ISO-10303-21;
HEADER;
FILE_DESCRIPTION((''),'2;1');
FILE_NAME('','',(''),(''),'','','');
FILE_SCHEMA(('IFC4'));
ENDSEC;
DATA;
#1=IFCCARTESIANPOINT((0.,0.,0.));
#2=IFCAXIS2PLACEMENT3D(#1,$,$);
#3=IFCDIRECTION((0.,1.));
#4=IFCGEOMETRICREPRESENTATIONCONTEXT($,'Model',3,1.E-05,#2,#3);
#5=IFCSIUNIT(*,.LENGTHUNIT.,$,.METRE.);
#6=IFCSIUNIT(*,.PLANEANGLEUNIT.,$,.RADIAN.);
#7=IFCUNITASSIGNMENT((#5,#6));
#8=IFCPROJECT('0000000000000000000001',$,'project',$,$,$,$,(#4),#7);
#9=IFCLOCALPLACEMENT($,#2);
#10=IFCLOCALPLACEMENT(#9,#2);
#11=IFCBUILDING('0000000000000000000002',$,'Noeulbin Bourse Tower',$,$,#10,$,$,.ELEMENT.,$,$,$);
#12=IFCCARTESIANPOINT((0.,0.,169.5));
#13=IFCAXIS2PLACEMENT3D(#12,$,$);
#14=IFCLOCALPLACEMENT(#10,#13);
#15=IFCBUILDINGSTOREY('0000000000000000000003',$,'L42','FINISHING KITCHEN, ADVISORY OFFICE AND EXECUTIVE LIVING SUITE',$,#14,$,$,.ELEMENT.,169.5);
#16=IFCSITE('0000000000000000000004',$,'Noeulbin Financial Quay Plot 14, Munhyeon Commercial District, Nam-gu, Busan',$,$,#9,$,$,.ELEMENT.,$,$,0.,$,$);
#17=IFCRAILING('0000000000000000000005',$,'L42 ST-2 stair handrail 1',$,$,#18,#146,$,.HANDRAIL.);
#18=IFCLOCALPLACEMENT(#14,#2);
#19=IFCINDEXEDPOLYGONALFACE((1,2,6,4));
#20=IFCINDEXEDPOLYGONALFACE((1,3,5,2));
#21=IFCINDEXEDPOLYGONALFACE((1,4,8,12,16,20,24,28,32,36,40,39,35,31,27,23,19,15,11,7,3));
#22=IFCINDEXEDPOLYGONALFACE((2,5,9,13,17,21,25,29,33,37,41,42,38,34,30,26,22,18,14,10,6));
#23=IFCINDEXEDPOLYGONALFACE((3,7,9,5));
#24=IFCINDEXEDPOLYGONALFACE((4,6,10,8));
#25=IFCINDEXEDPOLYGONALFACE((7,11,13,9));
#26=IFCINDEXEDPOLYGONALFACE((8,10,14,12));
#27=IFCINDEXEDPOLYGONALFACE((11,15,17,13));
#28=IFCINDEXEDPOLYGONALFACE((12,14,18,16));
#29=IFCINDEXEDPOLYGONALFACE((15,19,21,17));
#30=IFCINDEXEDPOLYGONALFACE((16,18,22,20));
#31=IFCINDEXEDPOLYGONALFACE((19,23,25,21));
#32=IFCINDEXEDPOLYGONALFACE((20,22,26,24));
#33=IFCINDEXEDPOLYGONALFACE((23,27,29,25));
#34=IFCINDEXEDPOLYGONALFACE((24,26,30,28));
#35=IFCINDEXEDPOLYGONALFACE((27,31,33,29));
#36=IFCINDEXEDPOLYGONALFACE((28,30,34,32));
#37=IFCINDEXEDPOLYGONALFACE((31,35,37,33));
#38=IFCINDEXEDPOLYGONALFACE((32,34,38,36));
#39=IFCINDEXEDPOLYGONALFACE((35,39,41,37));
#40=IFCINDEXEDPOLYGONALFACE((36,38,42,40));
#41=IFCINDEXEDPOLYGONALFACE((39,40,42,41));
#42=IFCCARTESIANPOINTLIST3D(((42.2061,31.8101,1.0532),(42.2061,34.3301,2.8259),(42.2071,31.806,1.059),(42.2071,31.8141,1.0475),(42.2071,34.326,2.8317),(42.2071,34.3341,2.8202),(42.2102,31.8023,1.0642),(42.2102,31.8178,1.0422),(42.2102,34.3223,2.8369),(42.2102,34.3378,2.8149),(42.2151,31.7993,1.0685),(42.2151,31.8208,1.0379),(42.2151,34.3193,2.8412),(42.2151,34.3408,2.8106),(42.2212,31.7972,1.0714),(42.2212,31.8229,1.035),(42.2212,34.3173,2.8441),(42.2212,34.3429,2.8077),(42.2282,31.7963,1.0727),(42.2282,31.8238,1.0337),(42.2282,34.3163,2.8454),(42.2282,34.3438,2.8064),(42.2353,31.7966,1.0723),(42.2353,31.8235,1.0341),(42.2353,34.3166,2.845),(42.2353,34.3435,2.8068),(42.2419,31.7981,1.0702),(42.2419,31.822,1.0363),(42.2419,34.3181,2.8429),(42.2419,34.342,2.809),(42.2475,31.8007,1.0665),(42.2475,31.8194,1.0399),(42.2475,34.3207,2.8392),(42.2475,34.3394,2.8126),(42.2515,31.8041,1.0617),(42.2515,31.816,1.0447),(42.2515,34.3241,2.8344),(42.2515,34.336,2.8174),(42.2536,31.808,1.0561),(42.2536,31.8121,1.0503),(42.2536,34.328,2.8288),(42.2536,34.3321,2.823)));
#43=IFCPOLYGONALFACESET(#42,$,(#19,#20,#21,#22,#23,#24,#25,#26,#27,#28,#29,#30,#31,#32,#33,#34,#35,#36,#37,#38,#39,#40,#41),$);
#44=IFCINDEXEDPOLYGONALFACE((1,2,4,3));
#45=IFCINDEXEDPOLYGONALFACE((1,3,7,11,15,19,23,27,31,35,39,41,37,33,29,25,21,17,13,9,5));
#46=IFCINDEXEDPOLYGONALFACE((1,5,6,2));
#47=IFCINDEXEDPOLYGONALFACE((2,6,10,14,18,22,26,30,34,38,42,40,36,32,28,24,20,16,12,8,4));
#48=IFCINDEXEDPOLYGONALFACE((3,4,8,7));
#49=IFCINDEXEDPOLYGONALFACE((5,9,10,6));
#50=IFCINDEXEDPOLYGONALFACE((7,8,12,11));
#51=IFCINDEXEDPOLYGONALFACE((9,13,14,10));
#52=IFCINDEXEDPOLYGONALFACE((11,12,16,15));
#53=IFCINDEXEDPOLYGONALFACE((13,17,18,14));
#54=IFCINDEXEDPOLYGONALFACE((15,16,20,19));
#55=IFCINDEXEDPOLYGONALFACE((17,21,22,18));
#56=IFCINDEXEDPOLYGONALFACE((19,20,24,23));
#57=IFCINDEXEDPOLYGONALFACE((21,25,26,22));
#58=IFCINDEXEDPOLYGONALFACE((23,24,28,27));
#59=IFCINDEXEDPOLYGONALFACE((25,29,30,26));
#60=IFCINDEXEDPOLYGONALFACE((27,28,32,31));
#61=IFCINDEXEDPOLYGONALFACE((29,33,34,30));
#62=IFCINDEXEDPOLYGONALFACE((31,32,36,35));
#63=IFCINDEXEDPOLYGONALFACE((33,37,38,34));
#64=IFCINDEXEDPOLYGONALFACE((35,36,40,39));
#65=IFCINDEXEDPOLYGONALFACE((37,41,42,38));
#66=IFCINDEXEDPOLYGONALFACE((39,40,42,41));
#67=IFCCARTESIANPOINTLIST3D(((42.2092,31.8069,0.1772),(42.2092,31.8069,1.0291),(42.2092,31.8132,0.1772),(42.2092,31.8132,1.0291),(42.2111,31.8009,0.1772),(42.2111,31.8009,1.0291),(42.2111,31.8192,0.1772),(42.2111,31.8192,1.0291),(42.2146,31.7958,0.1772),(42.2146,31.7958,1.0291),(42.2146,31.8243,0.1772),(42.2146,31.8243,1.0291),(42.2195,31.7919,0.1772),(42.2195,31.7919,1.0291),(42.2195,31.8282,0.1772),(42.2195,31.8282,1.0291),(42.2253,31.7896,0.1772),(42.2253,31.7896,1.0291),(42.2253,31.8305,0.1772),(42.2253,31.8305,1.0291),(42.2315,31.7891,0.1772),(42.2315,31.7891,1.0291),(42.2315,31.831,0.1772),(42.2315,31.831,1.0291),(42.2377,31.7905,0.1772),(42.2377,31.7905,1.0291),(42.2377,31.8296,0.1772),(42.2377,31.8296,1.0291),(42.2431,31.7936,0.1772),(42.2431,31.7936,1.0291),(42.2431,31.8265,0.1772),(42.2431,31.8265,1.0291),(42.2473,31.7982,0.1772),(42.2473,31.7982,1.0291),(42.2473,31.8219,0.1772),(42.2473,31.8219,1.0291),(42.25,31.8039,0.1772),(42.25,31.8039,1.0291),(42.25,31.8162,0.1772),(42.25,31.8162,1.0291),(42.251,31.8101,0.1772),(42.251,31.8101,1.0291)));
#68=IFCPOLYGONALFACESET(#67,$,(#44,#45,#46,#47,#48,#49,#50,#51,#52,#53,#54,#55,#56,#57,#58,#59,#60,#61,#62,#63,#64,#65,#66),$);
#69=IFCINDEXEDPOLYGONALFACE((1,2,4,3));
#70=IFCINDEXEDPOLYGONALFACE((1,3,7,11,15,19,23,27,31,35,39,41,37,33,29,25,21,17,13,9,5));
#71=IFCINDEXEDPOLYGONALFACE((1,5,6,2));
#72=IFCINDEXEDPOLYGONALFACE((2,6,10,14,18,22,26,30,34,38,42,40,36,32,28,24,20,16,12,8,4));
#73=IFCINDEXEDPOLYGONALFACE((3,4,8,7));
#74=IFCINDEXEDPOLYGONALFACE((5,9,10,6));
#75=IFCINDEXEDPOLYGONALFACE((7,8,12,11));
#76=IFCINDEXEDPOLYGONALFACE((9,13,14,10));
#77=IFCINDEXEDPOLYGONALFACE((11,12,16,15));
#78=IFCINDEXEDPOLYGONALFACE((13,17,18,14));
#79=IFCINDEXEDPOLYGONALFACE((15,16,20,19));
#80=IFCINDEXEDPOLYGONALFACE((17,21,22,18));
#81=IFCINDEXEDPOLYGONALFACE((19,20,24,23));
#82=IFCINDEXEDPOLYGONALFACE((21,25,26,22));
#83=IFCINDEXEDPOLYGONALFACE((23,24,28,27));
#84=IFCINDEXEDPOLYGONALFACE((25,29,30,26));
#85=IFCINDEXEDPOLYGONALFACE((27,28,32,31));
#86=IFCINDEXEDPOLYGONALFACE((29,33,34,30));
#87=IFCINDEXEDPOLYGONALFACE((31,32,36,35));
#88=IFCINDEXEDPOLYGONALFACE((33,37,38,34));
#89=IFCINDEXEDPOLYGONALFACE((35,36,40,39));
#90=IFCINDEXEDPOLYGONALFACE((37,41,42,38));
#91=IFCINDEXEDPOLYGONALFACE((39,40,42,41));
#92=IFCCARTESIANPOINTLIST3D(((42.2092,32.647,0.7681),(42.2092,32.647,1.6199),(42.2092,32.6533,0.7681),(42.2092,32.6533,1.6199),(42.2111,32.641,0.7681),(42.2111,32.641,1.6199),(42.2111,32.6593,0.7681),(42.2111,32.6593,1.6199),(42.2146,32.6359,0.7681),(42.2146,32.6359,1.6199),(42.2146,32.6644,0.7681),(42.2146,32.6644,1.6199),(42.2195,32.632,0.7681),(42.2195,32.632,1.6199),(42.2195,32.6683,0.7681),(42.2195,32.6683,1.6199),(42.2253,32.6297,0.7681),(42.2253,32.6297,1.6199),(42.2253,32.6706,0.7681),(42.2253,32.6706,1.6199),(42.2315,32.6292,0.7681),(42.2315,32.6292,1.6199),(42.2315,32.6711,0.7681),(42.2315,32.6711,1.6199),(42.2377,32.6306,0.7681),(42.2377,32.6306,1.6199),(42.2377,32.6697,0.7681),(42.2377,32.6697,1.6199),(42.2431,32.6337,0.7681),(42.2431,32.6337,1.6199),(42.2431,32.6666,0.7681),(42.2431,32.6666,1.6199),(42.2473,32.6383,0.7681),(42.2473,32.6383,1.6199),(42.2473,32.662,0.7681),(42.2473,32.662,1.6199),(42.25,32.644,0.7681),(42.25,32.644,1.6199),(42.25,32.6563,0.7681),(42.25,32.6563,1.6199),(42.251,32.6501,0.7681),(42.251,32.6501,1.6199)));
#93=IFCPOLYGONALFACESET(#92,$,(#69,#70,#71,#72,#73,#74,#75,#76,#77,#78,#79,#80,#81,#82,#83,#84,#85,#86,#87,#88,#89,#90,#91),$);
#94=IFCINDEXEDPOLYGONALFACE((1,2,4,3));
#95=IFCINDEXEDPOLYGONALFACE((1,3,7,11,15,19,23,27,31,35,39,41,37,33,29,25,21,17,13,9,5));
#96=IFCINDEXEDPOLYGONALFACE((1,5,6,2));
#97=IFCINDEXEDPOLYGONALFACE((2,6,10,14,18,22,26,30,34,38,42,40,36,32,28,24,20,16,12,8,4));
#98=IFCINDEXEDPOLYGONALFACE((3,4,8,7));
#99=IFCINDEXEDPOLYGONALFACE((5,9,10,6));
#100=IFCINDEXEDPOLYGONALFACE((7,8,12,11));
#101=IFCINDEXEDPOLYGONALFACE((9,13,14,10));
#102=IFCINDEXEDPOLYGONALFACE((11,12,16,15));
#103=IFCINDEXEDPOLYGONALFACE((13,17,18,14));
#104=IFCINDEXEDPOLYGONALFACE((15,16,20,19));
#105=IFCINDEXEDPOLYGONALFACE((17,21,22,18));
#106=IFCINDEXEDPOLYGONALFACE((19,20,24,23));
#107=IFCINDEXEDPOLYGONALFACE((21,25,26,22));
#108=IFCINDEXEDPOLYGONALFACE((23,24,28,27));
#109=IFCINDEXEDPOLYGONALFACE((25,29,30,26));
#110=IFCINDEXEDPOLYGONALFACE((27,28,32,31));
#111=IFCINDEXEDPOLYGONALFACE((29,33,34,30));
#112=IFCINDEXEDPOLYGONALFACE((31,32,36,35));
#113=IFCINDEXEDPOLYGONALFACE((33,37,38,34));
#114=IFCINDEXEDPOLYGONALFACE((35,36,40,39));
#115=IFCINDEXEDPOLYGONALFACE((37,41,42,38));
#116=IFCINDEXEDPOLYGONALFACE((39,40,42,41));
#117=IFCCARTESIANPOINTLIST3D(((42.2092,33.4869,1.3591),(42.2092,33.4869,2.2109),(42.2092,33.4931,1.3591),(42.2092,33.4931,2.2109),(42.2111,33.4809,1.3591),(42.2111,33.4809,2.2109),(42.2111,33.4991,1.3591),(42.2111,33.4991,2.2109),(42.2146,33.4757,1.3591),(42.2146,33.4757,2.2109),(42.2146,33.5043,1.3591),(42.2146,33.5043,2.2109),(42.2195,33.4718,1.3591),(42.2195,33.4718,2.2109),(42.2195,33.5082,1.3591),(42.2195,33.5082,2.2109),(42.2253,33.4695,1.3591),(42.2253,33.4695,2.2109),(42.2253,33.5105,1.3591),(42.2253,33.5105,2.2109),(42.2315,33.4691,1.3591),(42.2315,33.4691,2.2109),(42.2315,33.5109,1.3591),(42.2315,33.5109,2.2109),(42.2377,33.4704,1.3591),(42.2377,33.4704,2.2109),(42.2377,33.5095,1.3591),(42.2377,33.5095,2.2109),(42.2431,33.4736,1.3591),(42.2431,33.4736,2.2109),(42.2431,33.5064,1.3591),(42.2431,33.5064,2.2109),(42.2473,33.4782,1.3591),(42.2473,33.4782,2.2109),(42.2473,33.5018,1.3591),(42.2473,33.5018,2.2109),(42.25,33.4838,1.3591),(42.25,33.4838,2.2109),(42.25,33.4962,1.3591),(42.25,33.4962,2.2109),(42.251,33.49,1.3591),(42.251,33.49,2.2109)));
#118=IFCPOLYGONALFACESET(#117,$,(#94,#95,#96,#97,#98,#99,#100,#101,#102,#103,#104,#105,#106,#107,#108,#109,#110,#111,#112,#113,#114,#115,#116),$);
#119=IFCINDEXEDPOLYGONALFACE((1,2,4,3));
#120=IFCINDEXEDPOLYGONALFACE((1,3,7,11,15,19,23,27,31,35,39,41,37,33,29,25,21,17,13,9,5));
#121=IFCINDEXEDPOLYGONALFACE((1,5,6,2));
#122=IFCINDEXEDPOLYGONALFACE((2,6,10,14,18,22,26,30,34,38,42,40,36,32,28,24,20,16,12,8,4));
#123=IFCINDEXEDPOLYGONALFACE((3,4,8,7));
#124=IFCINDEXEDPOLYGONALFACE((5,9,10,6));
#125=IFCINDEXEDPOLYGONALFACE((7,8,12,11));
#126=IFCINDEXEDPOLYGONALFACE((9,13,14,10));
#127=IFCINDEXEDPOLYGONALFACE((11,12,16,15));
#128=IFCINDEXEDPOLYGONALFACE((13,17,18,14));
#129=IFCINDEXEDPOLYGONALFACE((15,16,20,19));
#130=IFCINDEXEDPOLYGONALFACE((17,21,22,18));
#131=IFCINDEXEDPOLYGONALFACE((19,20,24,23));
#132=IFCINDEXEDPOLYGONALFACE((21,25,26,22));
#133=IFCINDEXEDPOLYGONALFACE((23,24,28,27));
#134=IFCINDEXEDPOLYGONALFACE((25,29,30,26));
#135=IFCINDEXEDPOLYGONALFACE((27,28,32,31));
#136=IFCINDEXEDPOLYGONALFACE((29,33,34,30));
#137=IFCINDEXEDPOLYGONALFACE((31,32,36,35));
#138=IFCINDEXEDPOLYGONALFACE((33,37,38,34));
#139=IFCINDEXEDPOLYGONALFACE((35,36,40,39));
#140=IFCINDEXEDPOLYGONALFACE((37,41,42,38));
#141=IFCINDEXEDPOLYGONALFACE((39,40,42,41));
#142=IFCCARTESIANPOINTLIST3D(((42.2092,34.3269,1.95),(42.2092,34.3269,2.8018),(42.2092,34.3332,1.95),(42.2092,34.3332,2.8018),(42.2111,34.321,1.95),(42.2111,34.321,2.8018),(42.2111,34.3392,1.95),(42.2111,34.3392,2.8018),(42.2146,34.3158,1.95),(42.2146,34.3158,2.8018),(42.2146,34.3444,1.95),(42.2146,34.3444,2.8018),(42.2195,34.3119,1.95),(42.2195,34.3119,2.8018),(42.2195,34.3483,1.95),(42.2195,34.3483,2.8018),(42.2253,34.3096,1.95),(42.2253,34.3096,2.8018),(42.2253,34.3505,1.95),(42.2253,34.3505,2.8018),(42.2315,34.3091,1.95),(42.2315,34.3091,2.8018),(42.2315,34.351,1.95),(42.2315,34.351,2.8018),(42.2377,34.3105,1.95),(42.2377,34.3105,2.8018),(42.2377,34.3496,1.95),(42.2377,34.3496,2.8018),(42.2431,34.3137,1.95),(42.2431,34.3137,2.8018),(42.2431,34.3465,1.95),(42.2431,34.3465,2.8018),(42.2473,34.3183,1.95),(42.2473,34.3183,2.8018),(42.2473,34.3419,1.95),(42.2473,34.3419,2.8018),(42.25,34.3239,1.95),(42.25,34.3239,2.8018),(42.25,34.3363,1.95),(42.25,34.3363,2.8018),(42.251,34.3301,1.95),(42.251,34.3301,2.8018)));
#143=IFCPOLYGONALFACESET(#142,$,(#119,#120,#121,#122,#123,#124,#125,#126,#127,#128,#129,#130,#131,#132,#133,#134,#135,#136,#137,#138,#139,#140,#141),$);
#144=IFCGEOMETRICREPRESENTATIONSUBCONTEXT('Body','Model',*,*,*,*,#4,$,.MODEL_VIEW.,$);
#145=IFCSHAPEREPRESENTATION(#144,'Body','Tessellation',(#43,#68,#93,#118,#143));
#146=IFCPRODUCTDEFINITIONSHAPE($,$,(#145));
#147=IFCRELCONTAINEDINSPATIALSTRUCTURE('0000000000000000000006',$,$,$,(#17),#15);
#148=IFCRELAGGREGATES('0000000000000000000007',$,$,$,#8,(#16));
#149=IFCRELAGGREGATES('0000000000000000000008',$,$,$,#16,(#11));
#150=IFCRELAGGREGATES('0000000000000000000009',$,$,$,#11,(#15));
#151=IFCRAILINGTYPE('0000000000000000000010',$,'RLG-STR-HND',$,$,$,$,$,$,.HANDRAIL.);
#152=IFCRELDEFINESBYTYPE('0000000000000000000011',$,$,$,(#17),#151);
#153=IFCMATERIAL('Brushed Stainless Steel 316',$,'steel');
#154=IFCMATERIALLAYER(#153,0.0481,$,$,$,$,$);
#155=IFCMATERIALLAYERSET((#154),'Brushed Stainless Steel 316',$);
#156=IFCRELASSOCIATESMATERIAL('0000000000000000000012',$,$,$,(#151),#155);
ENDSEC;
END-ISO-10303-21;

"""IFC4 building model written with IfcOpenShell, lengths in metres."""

from ifc_helpers import new_model, si_unit, direction, frame, origin, origin_2d, place, context, subcontext, project, spatial, circle, extrude, material, layer, layer_set, type_object, element, save


model = new_model("IFC4")

# Units and contexts
model_context = context("Model", 3, precision=1e-05, world=origin(), true_north=direction((0.0, 1.0)))
body_context = subcontext(model_context, "Body", "Model", "MODEL_VIEW")
ifc_project = project(units=[si_unit("LENGTHUNIT", "METRE"), si_unit("PLANEANGLEUNIT", "RADIAN")], contexts=[model_context])

# Site, building, storey
site_placement = place(None, origin())
site = spatial("IfcSite", under=ifc_project, at=site_placement, Name="Noeulbin Financial Quay Plot 14, Munhyeon Commercial District, Nam-gu, Busan", CompositionType="ELEMENT", RefElevation=0.0)
building_placement = place(site_placement, origin())
building = spatial("IfcBuilding", under=site, at=building_placement, Name="Noeulbin Bourse Tower", CompositionType="ELEMENT")
storey_placement = place(building_placement, frame((0.0, 0.0, 169.5)))
storey = spatial("IfcBuildingStorey", under=building, at=storey_placement, Name="L42", Description="FINISHING KITCHEN, ADVISORY OFFICE AND EXECUTIVE LIVING SUITE", CompositionType="ELEMENT", Elevation=169.5)

# Railing
ifc_material_1 = material(Name="Brushed Stainless Steel 316", Category="steel")
ifc_layer_1 = layer(ifc_material_1, 0.0481)
ifc_layer_set_1 = layer_set([ifc_layer_1], Name="Brushed Stainless Steel 316")
railing_type_1 = type_object("IfcRailingType", Name="RLG-STR-HND", PredefinedType="HANDRAIL", material=ifc_layer_set_1)
railing_1_placement = place(storey_placement, frame((42.23, 31.8101, 0.1772)))
element("IfcRailing", 1, at=railing_1_placement, inside=storey, type_object=railing_type_1, Name="L42 ST-2 stair handrail 1", PredefinedType="HANDRAIL", context=body_context, shape_type="SweptSolid", body=[
    extrude(circle(Radius=0.0239, at=origin_2d()), frame((0.0, 0.0, 0.876), z_axis=(0.0, 0.817904, 0.575354), x_axis=(-1.0, 0.0, 0.0)), (0.0, 0.0, 1.0), 3.0811),
    extrude(circle(Radius=0.021, at=origin_2d()), origin(), (0.0, 0.0, 1.0), 0.8518),
    extrude(circle(Radius=0.021, at=origin_2d()), frame((0.0, 0.8401, 0.5908)), (0.0, 0.0, 1.0), 0.8518),
    extrude(circle(Radius=0.021, at=origin_2d()), frame((0.0, 1.6799, 1.1819)), (0.0, 0.0, 1.0), 0.8518),
    extrude(circle(Radius=0.021, at=origin_2d()), frame((0.0, 2.52, 1.7727)), (0.0, 0.0, 1.0), 0.8518),
])

save(model, "model.ifc")
